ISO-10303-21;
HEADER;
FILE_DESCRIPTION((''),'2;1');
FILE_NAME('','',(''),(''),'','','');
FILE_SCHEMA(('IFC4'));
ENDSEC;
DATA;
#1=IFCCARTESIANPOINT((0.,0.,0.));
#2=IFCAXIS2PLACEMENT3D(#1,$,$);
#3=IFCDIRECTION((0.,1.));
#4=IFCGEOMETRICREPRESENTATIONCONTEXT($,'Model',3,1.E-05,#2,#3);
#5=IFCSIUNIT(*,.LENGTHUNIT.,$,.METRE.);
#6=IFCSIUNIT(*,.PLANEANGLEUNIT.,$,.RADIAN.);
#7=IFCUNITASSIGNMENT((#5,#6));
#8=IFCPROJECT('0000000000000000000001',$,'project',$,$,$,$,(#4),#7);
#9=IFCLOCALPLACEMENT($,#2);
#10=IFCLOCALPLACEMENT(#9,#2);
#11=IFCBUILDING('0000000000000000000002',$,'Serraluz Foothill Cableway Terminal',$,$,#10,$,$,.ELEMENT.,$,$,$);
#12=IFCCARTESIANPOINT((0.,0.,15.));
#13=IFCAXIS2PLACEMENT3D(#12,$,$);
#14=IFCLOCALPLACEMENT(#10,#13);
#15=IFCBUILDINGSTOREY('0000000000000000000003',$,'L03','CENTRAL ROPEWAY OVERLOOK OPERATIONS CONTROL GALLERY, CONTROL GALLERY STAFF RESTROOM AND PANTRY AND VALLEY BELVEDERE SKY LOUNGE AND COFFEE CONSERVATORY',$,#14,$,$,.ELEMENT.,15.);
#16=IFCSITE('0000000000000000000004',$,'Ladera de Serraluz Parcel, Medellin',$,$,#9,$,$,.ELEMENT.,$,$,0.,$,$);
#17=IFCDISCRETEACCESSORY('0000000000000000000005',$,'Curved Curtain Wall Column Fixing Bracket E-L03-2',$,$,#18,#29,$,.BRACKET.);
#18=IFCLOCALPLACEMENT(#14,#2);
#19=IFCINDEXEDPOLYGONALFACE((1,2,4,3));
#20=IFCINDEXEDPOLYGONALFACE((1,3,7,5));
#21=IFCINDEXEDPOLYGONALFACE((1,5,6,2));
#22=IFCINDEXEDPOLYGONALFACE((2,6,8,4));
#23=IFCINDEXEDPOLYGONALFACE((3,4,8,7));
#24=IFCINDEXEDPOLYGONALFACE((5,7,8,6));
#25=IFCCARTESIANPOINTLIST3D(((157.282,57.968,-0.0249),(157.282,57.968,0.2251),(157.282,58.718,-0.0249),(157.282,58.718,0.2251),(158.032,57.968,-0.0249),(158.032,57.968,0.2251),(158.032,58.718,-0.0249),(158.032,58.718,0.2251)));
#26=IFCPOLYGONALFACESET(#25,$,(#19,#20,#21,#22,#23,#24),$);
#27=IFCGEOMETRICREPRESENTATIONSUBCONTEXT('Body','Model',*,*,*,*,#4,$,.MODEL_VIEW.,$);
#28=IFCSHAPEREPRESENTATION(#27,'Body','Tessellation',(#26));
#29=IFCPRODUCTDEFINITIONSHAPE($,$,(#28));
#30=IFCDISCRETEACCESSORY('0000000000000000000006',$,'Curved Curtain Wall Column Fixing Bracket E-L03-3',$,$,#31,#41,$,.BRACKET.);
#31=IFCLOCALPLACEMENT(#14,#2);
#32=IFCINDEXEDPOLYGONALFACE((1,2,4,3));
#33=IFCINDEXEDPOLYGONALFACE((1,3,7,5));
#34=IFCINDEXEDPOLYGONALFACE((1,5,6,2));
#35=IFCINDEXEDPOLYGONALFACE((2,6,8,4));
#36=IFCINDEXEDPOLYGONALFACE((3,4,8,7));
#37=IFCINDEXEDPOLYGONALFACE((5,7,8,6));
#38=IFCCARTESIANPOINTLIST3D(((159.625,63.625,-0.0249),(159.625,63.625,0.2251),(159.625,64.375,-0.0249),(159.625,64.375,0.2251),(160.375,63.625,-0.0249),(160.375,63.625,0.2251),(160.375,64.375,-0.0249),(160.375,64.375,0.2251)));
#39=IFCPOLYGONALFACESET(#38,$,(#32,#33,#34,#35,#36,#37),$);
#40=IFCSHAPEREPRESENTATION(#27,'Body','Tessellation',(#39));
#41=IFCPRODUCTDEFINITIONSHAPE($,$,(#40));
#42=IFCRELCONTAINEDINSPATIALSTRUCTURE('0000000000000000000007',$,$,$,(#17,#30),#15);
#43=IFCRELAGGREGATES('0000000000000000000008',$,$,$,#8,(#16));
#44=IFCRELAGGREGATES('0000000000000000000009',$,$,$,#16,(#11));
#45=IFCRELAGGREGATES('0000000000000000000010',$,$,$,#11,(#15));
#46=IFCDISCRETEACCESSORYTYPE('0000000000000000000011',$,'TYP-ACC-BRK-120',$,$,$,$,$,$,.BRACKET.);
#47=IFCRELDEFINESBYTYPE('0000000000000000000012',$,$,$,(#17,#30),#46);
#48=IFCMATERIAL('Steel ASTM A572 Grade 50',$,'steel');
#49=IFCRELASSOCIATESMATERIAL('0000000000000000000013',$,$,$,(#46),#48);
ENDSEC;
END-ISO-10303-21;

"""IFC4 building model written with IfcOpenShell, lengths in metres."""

from ifc_helpers import new_model, si_unit, direction, frame, origin, origin_2d, place, context, subcontext, project, spatial, rectangle, extrude, material, type_object, element, save


model = new_model("IFC4")

# Units and contexts
model_context = context("Model", 3, precision=1e-05, world=origin(), true_north=direction((0.0, 1.0)))
body_context = subcontext(model_context, "Body", "Model", "MODEL_VIEW")
ifc_project = project(units=[si_unit("LENGTHUNIT", "METRE"), si_unit("PLANEANGLEUNIT", "RADIAN")], contexts=[model_context])

# Site, building, storey
site_placement = place(None, origin())
site = spatial("IfcSite", under=ifc_project, at=site_placement, Name="Ladera de Serraluz Parcel, Medellin", CompositionType="ELEMENT", RefElevation=0.0)
building_placement = place(site_placement, origin())
building = spatial("IfcBuilding", under=site, at=building_placement, Name="Serraluz Foothill Cableway Terminal", CompositionType="ELEMENT")
storey_placement = place(building_placement, frame((0.0, 0.0, 15.0)))
storey = spatial("IfcBuildingStorey", under=building, at=storey_placement, Name="L03", Description="CENTRAL ROPEWAY OVERLOOK OPERATIONS CONTROL GALLERY, CONTROL GALLERY STAFF RESTROOM AND PANTRY AND VALLEY BELVEDERE SKY LOUNGE AND COFFEE CONSERVATORY", CompositionType="ELEMENT", Elevation=15.0)

# Shared definitions
ifc_material_1 = material(Name="Steel ASTM A572 Grade 50", Category="steel")

# Discrete accessories
discrete_accessory_type = type_object("IfcDiscreteAccessoryType", Name="TYP-ACC-BRK-120", PredefinedType="BRACKET", material=ifc_material_1)
for number, where, z_axis, x_axis, name in (
    (1, (157.657, 58.343, -0.0249), (0.0, 0.0, 1.0), (1.0, 0.0, 0.0), "Curved Curtain Wall Column Fixing Bracket E-L03-2"),
    (2, (160.0, 64.0, -0.0249), (0.0, 0.0, 1.0), (1.0, 0.0, 0.0), "Curved Curtain Wall Column Fixing Bracket E-L03-3"),
):
    element("IfcDiscreteAccessory", number, at=place(storey_placement, frame(where, z_axis=z_axis, x_axis=x_axis)), inside=storey, type_object=discrete_accessory_type, Name=name, PredefinedType="BRACKET", context=body_context, shape_type="SweptSolid", body=[
        extrude(rectangle(XDim=0.75, YDim=0.75, at=origin_2d()), origin(), (0.0, 0.0, 1.0), 0.25),
    ])

save(model, "model.ifc")
